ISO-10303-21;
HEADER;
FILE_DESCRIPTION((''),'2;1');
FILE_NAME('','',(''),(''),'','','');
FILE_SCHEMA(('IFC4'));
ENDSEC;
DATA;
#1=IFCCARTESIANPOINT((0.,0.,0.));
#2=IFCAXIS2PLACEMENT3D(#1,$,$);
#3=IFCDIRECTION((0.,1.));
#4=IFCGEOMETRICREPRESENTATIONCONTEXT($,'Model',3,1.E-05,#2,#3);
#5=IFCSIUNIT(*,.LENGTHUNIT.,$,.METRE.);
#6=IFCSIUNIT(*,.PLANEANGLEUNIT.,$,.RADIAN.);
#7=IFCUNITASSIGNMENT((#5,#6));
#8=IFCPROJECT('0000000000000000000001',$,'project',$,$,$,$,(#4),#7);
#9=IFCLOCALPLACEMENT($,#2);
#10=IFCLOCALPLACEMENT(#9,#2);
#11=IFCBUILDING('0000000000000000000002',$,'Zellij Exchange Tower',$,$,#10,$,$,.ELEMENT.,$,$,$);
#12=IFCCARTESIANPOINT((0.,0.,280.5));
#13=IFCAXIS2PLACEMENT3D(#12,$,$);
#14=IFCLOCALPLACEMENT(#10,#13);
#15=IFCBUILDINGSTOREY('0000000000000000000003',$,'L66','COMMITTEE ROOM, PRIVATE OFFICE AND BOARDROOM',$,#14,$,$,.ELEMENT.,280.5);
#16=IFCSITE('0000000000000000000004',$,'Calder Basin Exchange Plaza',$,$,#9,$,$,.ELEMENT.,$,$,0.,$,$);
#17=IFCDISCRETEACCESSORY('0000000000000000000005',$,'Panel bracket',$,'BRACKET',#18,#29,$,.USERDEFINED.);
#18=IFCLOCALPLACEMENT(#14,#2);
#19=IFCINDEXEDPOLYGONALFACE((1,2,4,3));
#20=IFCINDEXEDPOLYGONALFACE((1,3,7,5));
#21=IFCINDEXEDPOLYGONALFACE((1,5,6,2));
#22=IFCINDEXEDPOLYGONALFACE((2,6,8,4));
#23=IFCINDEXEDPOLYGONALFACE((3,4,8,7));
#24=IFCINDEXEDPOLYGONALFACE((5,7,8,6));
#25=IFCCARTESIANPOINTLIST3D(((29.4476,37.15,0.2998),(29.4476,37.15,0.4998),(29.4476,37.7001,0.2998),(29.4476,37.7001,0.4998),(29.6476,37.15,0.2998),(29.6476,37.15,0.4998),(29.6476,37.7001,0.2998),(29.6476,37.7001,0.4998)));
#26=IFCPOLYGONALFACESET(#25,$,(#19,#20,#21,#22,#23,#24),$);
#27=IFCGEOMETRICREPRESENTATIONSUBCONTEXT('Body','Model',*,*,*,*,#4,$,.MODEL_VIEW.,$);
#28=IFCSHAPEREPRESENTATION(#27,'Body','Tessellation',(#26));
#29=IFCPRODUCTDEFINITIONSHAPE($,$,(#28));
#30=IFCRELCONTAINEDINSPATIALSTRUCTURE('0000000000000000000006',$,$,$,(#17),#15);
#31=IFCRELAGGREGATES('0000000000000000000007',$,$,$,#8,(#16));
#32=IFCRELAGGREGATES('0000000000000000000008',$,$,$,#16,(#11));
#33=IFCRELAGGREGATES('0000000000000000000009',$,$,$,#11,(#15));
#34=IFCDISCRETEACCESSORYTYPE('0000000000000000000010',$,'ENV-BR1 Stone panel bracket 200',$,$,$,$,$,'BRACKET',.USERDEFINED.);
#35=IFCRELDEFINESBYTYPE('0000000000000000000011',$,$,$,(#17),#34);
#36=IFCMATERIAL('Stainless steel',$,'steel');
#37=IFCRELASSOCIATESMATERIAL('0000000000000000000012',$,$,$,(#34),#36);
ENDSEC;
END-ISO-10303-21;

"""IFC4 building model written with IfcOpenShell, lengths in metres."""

from ifc_helpers import new_model, si_unit, direction, frame, origin, origin_2d, place, context, subcontext, project, spatial, rectangle, extrude, material, type_object, element, save


model = new_model("IFC4")

# Units and contexts
model_context = context("Model", 3, precision=1e-05, world=origin(), true_north=direction((0.0, 1.0)))
body_context = subcontext(model_context, "Body", "Model", "MODEL_VIEW")
ifc_project = project(units=[si_unit("LENGTHUNIT", "METRE"), si_unit("PLANEANGLEUNIT", "RADIAN")], contexts=[model_context])

# Site, building, storey
site_placement = place(None, origin())
site = spatial("IfcSite", under=ifc_project, at=site_placement, Name="Calder Basin Exchange Plaza", CompositionType="ELEMENT", RefElevation=0.0)
building_placement = place(site_placement, origin())
building = spatial("IfcBuilding", under=site, at=building_placement, Name="Zellij Exchange Tower", CompositionType="ELEMENT")
storey_placement = place(building_placement, frame((0.0, 0.0, 280.5)))
storey = spatial("IfcBuildingStorey", under=building, at=storey_placement, Name="L66", Description="COMMITTEE ROOM, PRIVATE OFFICE AND BOARDROOM", CompositionType="ELEMENT", Elevation=280.5)

# Discrete accessory
ifc_material_1 = material(Name="Stainless steel", Category="steel")
discrete_accessory_type = type_object("IfcDiscreteAccessoryType", Name="ENV-BR1 Stone panel bracket 200", ElementType="BRACKET", PredefinedType="USERDEFINED", material=ifc_material_1)
discrete_accessory_placement = place(storey_placement, frame((29.5476, 37.425, 0.2998), z_axis=(0.0, 0.0, 1.0), x_axis=(-1.0, 0.0, 0.0)))
element("IfcDiscreteAccessory", 1, at=discrete_accessory_placement, inside=storey, type_object=discrete_accessory_type, Name="Panel bracket", ObjectType="BRACKET", PredefinedType="USERDEFINED", context=body_context, shape_type="SweptSolid", body=[
    extrude(rectangle(XDim=0.2, YDim=0.55, at=origin_2d()), origin(), (0.0, 0.0, 1.0), 0.2),
])

save(model, "model.ifc")
